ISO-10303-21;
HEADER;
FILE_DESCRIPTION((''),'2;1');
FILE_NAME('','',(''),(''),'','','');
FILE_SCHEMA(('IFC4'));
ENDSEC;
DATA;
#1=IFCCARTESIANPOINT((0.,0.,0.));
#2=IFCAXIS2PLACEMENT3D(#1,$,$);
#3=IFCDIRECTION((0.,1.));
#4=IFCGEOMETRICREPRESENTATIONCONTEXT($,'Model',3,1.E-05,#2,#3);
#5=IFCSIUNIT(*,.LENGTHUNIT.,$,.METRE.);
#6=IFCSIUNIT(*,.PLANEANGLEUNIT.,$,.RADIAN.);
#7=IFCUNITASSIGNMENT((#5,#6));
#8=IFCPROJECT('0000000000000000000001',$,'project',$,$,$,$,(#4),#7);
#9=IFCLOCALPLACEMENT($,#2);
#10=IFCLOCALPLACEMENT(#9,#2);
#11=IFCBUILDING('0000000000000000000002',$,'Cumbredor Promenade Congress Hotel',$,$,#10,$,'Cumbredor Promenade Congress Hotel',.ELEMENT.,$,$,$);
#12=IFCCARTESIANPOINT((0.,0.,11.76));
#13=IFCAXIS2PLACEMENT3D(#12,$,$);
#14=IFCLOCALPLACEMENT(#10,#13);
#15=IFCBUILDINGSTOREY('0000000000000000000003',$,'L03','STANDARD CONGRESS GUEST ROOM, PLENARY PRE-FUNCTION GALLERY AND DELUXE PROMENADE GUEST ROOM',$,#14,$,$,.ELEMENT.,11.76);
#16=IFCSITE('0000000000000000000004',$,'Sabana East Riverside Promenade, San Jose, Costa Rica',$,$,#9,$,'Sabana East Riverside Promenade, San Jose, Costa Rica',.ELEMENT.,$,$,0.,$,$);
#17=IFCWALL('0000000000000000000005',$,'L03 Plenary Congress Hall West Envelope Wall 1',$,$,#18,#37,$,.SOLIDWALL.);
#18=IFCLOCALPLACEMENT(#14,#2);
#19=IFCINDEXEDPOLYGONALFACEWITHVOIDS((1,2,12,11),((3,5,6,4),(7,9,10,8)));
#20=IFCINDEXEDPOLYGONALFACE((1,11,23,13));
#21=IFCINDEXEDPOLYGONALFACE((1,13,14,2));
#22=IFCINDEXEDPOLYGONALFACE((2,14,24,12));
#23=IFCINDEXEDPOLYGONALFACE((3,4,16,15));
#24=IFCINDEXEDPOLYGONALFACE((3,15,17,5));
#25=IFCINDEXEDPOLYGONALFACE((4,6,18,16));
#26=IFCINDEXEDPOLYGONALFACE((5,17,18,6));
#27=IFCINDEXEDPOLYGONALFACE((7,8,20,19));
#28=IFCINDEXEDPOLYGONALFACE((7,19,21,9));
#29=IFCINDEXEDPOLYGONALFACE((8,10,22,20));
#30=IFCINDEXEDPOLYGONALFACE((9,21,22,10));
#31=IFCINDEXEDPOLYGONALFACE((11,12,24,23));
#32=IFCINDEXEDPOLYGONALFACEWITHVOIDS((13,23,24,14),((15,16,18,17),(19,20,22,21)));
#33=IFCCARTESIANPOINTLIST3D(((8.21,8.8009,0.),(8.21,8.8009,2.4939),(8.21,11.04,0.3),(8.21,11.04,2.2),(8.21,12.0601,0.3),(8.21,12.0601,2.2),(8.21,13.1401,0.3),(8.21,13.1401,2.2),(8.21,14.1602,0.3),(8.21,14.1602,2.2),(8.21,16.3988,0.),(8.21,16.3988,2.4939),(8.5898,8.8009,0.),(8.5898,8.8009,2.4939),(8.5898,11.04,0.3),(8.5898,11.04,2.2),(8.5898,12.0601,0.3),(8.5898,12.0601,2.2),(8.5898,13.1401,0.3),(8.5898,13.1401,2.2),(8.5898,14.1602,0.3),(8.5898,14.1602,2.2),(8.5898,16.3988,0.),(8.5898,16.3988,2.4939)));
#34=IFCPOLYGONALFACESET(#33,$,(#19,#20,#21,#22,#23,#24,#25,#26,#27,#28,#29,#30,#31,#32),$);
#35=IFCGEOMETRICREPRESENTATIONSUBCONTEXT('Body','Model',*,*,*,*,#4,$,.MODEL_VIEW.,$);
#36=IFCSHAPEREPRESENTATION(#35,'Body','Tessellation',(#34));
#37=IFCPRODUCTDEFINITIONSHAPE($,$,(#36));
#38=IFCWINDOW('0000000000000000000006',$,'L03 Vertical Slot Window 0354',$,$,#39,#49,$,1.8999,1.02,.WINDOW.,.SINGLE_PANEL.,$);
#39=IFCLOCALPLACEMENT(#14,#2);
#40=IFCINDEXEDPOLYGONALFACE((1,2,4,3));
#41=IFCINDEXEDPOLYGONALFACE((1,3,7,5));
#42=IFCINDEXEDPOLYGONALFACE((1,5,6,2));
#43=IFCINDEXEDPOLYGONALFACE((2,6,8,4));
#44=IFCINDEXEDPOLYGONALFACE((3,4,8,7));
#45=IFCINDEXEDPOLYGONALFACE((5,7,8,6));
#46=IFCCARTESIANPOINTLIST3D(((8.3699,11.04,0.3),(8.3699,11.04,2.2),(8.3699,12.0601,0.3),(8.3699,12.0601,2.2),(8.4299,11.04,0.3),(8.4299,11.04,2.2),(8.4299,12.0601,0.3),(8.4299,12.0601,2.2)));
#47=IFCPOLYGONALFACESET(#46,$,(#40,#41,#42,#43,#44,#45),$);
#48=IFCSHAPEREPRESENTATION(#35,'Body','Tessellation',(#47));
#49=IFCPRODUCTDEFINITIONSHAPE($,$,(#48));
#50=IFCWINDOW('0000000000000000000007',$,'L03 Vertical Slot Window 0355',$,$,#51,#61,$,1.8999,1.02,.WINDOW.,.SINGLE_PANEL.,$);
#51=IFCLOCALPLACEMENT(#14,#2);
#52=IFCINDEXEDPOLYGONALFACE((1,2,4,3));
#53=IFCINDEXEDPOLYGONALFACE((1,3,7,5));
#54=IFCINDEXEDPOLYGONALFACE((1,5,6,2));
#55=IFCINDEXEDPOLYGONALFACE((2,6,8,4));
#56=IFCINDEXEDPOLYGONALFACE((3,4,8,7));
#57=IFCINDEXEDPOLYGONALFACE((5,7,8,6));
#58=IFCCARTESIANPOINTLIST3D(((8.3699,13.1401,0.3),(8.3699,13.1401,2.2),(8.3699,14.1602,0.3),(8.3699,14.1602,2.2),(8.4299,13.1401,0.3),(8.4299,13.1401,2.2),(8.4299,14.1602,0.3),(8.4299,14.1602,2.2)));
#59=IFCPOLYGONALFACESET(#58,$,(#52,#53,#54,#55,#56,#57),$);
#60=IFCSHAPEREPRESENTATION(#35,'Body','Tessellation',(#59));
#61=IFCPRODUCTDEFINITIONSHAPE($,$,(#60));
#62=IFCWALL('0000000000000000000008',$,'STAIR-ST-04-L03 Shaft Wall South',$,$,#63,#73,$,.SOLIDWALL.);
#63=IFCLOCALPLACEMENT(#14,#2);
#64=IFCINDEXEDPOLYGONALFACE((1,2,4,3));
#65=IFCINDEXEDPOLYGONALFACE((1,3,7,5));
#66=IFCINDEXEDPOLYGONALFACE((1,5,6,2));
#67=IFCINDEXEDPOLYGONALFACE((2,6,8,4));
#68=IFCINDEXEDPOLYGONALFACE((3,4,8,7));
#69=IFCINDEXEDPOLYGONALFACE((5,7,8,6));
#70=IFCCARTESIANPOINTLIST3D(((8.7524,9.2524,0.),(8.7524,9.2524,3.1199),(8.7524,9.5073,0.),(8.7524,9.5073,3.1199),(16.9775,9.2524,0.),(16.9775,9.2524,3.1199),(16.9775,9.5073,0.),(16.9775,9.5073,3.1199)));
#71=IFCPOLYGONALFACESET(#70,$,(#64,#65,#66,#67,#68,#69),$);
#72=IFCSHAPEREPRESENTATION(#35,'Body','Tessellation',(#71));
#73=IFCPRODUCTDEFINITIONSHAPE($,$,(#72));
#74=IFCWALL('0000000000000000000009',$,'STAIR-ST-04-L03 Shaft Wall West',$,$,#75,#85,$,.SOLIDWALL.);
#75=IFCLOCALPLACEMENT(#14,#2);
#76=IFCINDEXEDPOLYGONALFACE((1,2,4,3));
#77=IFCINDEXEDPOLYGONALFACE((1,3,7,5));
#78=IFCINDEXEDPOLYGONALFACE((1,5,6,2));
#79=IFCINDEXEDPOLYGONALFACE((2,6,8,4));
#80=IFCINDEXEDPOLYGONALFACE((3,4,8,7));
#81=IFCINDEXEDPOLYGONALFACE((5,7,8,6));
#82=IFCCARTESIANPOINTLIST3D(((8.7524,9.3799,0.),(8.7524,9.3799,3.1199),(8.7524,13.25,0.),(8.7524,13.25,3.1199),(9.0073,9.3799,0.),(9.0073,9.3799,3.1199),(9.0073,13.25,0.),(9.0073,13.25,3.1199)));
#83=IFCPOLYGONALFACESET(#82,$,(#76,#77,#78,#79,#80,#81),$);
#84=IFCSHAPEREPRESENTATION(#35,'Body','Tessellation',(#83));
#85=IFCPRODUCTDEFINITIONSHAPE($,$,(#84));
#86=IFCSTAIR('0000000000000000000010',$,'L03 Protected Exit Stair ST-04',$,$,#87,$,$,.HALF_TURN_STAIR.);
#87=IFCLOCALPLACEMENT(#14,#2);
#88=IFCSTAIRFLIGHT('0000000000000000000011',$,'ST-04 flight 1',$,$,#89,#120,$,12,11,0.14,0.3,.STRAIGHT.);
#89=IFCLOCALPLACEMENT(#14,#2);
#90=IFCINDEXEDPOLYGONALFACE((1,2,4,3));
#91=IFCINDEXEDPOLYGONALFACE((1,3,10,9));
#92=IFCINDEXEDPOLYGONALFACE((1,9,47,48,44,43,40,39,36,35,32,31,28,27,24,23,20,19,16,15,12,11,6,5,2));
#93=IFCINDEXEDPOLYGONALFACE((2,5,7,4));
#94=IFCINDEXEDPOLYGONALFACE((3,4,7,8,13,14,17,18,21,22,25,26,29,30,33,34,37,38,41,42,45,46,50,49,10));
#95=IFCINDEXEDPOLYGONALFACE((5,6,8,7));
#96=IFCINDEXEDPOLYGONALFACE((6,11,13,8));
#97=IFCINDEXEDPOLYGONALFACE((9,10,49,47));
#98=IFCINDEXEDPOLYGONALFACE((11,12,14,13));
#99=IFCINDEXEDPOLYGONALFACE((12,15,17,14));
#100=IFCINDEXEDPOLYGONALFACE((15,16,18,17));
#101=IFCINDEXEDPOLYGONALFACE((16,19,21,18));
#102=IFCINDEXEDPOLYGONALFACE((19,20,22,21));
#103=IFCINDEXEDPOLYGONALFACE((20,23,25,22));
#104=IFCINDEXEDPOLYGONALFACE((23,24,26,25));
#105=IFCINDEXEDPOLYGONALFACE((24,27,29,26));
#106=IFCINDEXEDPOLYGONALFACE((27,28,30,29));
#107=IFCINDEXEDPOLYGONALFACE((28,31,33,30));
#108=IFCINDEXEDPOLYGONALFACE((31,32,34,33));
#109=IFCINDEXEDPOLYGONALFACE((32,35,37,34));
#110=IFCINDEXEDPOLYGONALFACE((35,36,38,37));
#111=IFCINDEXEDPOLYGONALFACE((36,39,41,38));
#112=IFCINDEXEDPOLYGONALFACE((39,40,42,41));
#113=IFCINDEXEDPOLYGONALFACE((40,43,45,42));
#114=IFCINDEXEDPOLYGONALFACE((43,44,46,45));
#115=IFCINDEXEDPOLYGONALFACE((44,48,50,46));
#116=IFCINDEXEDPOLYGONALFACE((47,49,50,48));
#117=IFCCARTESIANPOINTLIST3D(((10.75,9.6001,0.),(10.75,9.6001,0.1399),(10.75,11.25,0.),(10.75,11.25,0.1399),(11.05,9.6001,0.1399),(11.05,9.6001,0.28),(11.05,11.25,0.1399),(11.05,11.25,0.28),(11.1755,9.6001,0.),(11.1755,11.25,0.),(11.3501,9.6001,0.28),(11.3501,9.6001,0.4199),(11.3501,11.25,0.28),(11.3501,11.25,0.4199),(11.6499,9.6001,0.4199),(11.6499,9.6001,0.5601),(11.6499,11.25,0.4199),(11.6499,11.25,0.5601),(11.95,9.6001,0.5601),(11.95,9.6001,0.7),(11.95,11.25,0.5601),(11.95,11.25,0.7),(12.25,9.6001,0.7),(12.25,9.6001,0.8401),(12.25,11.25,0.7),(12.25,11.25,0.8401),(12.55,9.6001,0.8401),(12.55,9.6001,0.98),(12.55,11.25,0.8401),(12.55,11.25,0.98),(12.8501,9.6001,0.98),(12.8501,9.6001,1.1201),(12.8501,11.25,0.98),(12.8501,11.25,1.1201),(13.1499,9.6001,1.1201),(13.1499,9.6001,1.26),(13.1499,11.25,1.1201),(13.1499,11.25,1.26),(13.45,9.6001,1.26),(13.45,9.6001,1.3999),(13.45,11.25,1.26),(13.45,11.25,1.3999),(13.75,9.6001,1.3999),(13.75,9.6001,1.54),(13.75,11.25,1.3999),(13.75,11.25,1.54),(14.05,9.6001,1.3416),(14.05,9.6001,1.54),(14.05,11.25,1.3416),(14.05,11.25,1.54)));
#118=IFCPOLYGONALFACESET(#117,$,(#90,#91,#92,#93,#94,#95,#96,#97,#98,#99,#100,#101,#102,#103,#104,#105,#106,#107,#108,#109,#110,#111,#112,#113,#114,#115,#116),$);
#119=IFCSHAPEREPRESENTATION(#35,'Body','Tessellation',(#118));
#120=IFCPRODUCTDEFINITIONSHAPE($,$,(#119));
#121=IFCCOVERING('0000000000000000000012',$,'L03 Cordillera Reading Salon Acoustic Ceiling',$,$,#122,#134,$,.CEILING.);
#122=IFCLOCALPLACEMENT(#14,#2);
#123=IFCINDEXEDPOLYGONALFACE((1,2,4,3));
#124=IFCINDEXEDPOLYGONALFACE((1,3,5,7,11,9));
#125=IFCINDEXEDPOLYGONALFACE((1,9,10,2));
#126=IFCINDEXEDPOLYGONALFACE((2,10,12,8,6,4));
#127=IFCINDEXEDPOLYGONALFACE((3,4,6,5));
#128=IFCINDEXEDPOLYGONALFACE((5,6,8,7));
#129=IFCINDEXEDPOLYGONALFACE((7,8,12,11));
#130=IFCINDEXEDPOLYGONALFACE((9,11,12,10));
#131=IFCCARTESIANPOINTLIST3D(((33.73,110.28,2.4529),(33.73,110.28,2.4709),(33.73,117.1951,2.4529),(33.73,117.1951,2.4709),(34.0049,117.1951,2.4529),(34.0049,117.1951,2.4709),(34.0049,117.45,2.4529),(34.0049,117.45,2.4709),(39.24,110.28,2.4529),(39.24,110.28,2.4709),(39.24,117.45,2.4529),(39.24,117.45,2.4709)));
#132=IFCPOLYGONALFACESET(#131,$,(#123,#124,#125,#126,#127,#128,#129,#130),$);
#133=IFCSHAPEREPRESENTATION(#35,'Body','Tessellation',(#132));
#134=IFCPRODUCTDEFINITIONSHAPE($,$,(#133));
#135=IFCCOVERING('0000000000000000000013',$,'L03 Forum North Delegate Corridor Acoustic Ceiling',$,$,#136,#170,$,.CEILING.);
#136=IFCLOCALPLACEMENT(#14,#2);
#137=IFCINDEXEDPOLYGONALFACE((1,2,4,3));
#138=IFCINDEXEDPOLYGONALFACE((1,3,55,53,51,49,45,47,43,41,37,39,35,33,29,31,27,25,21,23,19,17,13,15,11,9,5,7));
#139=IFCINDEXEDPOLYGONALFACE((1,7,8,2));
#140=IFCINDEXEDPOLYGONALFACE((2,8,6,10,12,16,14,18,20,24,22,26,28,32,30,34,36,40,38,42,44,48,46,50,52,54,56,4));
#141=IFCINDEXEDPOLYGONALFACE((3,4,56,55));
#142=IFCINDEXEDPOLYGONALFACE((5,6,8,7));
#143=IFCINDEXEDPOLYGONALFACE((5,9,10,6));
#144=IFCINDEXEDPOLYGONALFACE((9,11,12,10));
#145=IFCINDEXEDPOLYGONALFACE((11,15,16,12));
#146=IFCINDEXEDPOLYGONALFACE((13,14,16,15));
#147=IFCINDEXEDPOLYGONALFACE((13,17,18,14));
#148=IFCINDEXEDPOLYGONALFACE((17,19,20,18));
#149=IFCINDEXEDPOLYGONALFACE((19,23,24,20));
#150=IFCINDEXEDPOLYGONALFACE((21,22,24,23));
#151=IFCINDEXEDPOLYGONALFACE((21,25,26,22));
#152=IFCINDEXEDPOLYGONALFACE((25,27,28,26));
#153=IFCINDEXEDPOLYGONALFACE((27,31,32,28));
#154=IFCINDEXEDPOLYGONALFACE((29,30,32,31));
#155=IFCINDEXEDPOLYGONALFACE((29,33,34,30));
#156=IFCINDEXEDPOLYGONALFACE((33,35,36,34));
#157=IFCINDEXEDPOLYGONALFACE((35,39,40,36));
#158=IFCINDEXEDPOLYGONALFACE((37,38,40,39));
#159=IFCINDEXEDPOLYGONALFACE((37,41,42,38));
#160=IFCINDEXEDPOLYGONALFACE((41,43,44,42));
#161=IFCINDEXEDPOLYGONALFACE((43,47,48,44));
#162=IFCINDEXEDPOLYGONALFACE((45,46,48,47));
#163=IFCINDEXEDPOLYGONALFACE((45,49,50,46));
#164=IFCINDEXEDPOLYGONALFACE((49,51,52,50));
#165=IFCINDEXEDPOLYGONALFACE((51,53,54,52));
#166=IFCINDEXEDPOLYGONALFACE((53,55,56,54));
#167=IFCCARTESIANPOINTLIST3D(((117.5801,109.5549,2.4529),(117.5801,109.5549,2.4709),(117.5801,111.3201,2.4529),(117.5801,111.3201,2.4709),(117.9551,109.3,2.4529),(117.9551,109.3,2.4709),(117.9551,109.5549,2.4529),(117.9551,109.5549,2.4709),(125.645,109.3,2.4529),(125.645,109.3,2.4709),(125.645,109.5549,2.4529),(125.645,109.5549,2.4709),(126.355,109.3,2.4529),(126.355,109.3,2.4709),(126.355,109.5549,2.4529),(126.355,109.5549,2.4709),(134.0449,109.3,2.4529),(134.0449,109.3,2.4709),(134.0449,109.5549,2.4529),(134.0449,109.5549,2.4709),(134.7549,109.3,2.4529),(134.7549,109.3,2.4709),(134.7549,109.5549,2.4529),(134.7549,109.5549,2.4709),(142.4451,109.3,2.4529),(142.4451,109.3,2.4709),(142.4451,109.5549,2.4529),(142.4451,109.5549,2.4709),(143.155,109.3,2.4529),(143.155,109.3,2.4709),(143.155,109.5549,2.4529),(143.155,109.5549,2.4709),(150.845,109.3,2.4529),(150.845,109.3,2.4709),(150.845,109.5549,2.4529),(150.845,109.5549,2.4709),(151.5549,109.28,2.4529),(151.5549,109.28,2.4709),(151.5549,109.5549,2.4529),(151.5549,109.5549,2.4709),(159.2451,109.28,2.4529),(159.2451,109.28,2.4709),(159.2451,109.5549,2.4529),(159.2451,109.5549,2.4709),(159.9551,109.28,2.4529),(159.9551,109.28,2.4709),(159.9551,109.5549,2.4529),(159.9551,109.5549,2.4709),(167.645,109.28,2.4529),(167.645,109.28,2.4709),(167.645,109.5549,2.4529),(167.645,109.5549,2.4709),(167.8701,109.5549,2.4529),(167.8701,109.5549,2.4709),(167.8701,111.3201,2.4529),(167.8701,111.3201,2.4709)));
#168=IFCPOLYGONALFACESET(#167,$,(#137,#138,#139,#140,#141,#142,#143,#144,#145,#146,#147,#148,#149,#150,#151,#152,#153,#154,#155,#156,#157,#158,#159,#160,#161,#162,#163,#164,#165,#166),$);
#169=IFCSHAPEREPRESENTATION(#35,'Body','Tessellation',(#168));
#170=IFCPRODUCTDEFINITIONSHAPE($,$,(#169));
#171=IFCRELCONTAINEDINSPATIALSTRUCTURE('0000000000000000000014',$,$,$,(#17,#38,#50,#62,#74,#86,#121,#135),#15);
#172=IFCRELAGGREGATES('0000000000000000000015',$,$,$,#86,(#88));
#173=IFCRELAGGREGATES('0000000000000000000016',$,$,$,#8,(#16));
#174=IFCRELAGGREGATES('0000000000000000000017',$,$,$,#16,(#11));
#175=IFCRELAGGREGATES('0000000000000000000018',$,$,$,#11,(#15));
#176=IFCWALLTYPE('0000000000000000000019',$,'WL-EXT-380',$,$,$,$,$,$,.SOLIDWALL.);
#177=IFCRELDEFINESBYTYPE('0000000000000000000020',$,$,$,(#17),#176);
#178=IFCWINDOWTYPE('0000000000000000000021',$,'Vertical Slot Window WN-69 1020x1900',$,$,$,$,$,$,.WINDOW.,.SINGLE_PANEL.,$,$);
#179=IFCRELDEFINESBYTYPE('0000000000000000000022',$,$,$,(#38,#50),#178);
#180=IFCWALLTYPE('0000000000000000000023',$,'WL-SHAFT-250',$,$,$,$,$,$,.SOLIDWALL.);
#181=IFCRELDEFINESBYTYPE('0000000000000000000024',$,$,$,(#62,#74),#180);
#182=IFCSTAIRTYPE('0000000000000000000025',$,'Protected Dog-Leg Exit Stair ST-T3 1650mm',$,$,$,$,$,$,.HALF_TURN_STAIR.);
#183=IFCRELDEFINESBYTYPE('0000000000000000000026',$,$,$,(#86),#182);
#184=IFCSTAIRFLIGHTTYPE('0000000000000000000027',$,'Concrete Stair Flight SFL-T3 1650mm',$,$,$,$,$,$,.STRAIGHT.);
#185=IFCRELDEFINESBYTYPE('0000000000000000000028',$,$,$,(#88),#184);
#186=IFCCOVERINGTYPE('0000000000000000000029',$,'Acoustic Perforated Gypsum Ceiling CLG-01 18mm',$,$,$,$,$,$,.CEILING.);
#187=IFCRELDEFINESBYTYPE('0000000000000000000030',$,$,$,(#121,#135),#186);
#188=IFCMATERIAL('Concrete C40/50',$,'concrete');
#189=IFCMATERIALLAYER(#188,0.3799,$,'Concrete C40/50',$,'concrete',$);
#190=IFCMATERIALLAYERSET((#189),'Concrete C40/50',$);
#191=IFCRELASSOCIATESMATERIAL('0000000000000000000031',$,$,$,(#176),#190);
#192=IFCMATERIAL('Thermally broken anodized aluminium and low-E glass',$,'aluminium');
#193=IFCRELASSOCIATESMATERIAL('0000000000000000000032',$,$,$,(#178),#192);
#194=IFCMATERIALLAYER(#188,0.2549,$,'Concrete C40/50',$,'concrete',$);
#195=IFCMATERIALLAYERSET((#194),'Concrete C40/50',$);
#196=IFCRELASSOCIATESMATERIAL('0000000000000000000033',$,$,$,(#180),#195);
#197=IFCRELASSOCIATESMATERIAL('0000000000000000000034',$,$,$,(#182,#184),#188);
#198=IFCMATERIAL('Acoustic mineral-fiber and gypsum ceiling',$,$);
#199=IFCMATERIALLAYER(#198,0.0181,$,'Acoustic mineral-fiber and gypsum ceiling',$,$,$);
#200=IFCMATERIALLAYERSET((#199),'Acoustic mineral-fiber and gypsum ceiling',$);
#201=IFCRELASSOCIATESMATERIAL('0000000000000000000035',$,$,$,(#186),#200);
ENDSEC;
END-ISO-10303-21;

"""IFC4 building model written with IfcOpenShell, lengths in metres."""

from ifc_helpers import new_model, si_unit, direction, frame, frame_2d, origin, place, context, subcontext, project, spatial, polyline, rectangle, outline, extrude, material, layer, layer_set, type_object, element, fill, aggregate, save


model = new_model("IFC4")

# Units and contexts
model_context = context("Model", 3, precision=1e-05, world=origin(), true_north=direction((0.0, 1.0)))
body_context = subcontext(model_context, "Body", "Model", "MODEL_VIEW")
ifc_project = project(units=[si_unit("LENGTHUNIT", "METRE"), si_unit("PLANEANGLEUNIT", "RADIAN")], contexts=[model_context])

# Site, building, storey
site_placement = place(None, origin())
site = spatial("IfcSite", under=ifc_project, at=site_placement, Name="Sabana East Riverside Promenade, San Jose, Costa Rica", LongName="Sabana East Riverside Promenade, San Jose, Costa Rica", CompositionType="ELEMENT", RefElevation=0.0)
building_placement = place(site_placement, origin())
building = spatial("IfcBuilding", under=site, at=building_placement, Name="Cumbredor Promenade Congress Hotel", LongName="Cumbredor Promenade Congress Hotel", CompositionType="ELEMENT")
storey_placement = place(building_placement, frame((0.0, 0.0, 11.76)))
storey = spatial("IfcBuildingStorey", under=building, at=storey_placement, Name="L03", Description="STANDARD CONGRESS GUEST ROOM, PLENARY PRE-FUNCTION GALLERY AND DELUXE PROMENADE GUEST ROOM", CompositionType="ELEMENT", Elevation=11.76)

# Shared definitions
ifc_material_1 = material(Name="Concrete C40/50", Category="concrete")

# Wall, openings, windows
ifc_layer_1 = layer(ifc_material_1, 0.3799, Name="Concrete C40/50", Category="concrete")
ifc_layer_set_1 = layer_set([ifc_layer_1], Name="Concrete C40/50")
wall_type_1 = type_object("IfcWallType", Name="WL-EXT-380", PredefinedType="SOLIDWALL", material=ifc_layer_set_1)
ifc_material_2 = material(Name="Thermally broken anodized aluminium and low-E glass", Category="aluminium")
wall_1_placement = place(storey_placement, frame((8.3999, 8.801, 0.0), z_axis=(0.0, 0.0, 1.0), x_axis=(0.0, 1.0, 0.0)))
wall_1 = element("IfcWall", 1, at=wall_1_placement, inside=storey, type_object=wall_type_1, Name="L03 Plenary Congress Hall West Envelope Wall 1", PredefinedType="SOLIDWALL", context=body_context, shape_type="SweptSolid", body=[
    extrude(rectangle(XDim=7.5979, YDim=0.3799, at=frame_2d((3.7988, 0.0))), origin(), (0.0, 0.0, 1.0), 2.4939),
])
opening_1_placement = place(wall_1_placement, frame((2.239, 0.0, 0.3)))
opening_1 = element("IfcOpeningElement", 2, at=opening_1_placement, cuts=wall_1, PredefinedType="OPENING", context=body_context, shape_type="SweptSolid", body=[
    extrude(rectangle(XDim=1.02, YDim=1.8999, at=frame_2d((0.51, 0.95))), frame((0.0, 0.2, 0.0), z_axis=(0.0, -1.0, 0.0), x_axis=(1.0, 0.0, 0.0)), (0.0, 0.0, 1.0), 0.3999),
])
opening_2_placement = place(wall_1_placement, frame((4.3391, 0.0, 0.3)))
opening_2 = element("IfcOpeningElement", 3, at=opening_2_placement, cuts=wall_1, PredefinedType="OPENING", context=body_context, shape_type="SweptSolid", body=[
    extrude(rectangle(XDim=1.02, YDim=1.8999, at=frame_2d((0.51, 0.95))), frame((0.0, 0.2, 0.0), z_axis=(0.0, -1.0, 0.0), x_axis=(1.0, 0.0, 0.0)), (0.0, 0.0, 1.0), 0.3999),
])
window_type_1 = type_object("IfcWindowType", Name="Vertical Slot Window WN-69 1020x1900", PartitioningType="SINGLE_PANEL", PredefinedType="WINDOW", material=ifc_material_2)
window_1_placement = place(opening_1_placement, origin())
window_1 = element("IfcWindow", 4, at=window_1_placement, inside=storey, type_object=window_type_1, Name="L03 Vertical Slot Window 0354", OverallHeight=1.8999, OverallWidth=1.02, PartitioningType="SINGLE_PANEL", PredefinedType="WINDOW", context=body_context, shape_type="SweptSolid", body=[
    extrude(rectangle(XDim=1.02, YDim=1.8999, at=frame_2d((0.51, 0.95))), frame((0.0, 0.03, 0.0), z_axis=(0.0, -1.0, 0.0), x_axis=(1.0, 0.0, 0.0)), (0.0, 0.0, 1.0), 0.0601),
])
fill(opening_1, window_1)
window_2_placement = place(opening_2_placement, origin())
window_2 = element("IfcWindow", 5, at=window_2_placement, inside=storey, type_object=window_type_1, Name="L03 Vertical Slot Window 0355", OverallHeight=1.8999, OverallWidth=1.02, PartitioningType="SINGLE_PANEL", PredefinedType="WINDOW", context=body_context, shape_type="SweptSolid", body=[
    extrude(rectangle(XDim=1.02, YDim=1.8999, at=frame_2d((0.51, 0.95))), frame((0.0, 0.03, 0.0), z_axis=(0.0, -1.0, 0.0), x_axis=(1.0, 0.0, 0.0)), (0.0, 0.0, 1.0), 0.0601),
])
fill(opening_2, window_2)

# Walls
ifc_layer_2 = layer(ifc_material_1, 0.2549, Name="Concrete C40/50", Category="concrete")
ifc_layer_set_2 = layer_set([ifc_layer_2], Name="Concrete C40/50")
wall_type_2 = type_object("IfcWallType", Name="WL-SHAFT-250", PredefinedType="SOLIDWALL", material=ifc_layer_set_2)
wall_2_placement = place(storey_placement, frame((8.7524, 9.3799, 0.0), z_axis=(0.0, 0.0, 1.0), x_axis=(1.0, 0.0, 0.0)))
element("IfcWall", 6, at=wall_2_placement, inside=storey, type_object=wall_type_2, Name="STAIR-ST-04-L03 Shaft Wall South", PredefinedType="SOLIDWALL", context=body_context, shape_type="SweptSolid", body=[
    extrude(rectangle(XDim=8.2251, YDim=0.2549, at=frame_2d((4.1125, 0.0))), origin(), (0.0, 0.0, 1.0), 3.1199),
])
wall_3_placement = place(storey_placement, frame((8.8799, 9.3799, 0.0), z_axis=(0.0, 0.0, 1.0), x_axis=(0.0, 1.0, 0.0)))
element("IfcWall", 7, at=wall_3_placement, inside=storey, type_object=wall_type_2, Name="STAIR-ST-04-L03 Shaft Wall West", PredefinedType="SOLIDWALL", context=body_context, shape_type="SweptSolid", body=[
    extrude(rectangle(XDim=3.8701, YDim=0.2549, at=frame_2d((1.9351, 0.0))), origin(), (0.0, 0.0, 1.0), 3.1199),
])

# Stair, stair flight
stair_type = type_object("IfcStairType", Name="Protected Dog-Leg Exit Stair ST-T3 1650mm", PredefinedType="HALF_TURN_STAIR", material=ifc_material_1)
stair_placement = place(storey_placement, origin())
stair = element("IfcStair", 8, at=stair_placement, inside=storey, type_object=stair_type, Name="L03 Protected Exit Stair ST-04", PredefinedType="HALF_TURN_STAIR")
stair_flight_type = type_object("IfcStairFlightType", Name="Concrete Stair Flight SFL-T3 1650mm", PredefinedType="STRAIGHT", material=ifc_material_1)
stair_flight_placement = place(storey_placement, frame((10.75, 10.425, 0.0), z_axis=(0.0, 0.0, 1.0), x_axis=(1.0, 0.0, 0.0)))
stair_flight = element("IfcStairFlight", 9, at=stair_flight_placement, type_object=stair_flight_type, Name="ST-04 flight 1", NumberOfRisers=12, NumberOfTreads=11, PredefinedType="STRAIGHT", RiserHeight=0.14, TreadLength=0.3, context=body_context, shape_type="SweptSolid", body=[
    extrude(outline(polyline([(0.0, 0.0), (0.0, 0.1399), (0.3, 0.1399), (0.3, 0.28), (0.6001, 0.28), (0.6001, 0.4199), (0.8999, 0.4199), (0.8999, 0.5601), (1.2, 0.5601), (1.2, 0.7), (1.5, 0.7), (1.5, 0.8401), (1.8, 0.8401), (1.8, 0.98), (2.1001, 0.98), (2.1001, 1.1201), (2.3999, 1.1201), (2.3999, 1.26), (2.7, 1.26), (2.7, 1.3999), (3.0, 1.3999), (3.0, 1.54), (3.3, 1.54), (3.3, 1.6799), (3.3, 1.3416), (0.4255, 0.0), (0.0, 0.0)])), frame((0.0, 0.825, 0.0), z_axis=(0.0, -1.0, 0.0), x_axis=(1.0, 0.0, 0.0)), (0.0, 0.0, 1.0), 1.6499),
])
aggregate(stair, [stair_flight])

# Coverings
ifc_material_3 = material(Name="Acoustic mineral-fiber and gypsum ceiling")
ifc_layer_3 = layer(ifc_material_3, 0.0181, Name="Acoustic mineral-fiber and gypsum ceiling")
ifc_layer_set_3 = layer_set([ifc_layer_3], Name="Acoustic mineral-fiber and gypsum ceiling")
covering_type_1 = type_object("IfcCoveringType", Name="Acoustic Perforated Gypsum Ceiling CLG-01 18mm", PredefinedType="CEILING", material=ifc_layer_set_3)
covering_1_placement = place(storey_placement, frame((0.0, 0.0, 2.4529)))
element("IfcCovering", 10, at=covering_1_placement, inside=storey, type_object=covering_type_1, Name="L03 Cordillera Reading Salon Acoustic Ceiling", PredefinedType="CEILING", context=body_context, shape_type="SweptSolid", body=[
    extrude(outline(polyline([(39.24, 110.28), (33.73, 110.28), (33.73, 117.1951), (34.0049, 117.1951), (34.0049, 117.45), (39.24, 117.45), (39.24, 110.28)])), origin(), (0.0, 0.0, 1.0), 0.0181),
])
covering_2_placement = place(storey_placement, frame((0.0, 0.0, 2.4529)))
element("IfcCovering", 11, at=covering_2_placement, inside=storey, type_object=covering_type_1, Name="L03 Forum North Delegate Corridor Acoustic Ceiling", PredefinedType="CEILING", context=body_context, shape_type="SweptSolid", body=[
    extrude(outline(polyline([(142.4451, 109.3), (134.7549, 109.3), (134.7549, 109.5549), (134.0449, 109.5549), (134.0449, 109.3), (126.355, 109.3), (126.355, 109.5549), (125.645, 109.5549), (125.645, 109.3), (117.9551, 109.3), (117.9551, 109.5549), (117.5801, 109.5549), (117.5801, 111.3201), (167.8701, 111.3201), (167.8701, 109.5549), (167.645, 109.5549), (167.645, 109.28), (159.9551, 109.28), (159.9551, 109.5549), (159.2451, 109.5549), (159.2451, 109.28), (151.5549, 109.28), (151.5549, 109.5549), (150.845, 109.5549), (150.845, 109.3), (143.155, 109.3), (143.155, 109.5549), (142.4451, 109.5549), (142.4451, 109.3)])), origin(), (0.0, 0.0, 1.0), 0.0181),
])

save(model, "model.ifc")
